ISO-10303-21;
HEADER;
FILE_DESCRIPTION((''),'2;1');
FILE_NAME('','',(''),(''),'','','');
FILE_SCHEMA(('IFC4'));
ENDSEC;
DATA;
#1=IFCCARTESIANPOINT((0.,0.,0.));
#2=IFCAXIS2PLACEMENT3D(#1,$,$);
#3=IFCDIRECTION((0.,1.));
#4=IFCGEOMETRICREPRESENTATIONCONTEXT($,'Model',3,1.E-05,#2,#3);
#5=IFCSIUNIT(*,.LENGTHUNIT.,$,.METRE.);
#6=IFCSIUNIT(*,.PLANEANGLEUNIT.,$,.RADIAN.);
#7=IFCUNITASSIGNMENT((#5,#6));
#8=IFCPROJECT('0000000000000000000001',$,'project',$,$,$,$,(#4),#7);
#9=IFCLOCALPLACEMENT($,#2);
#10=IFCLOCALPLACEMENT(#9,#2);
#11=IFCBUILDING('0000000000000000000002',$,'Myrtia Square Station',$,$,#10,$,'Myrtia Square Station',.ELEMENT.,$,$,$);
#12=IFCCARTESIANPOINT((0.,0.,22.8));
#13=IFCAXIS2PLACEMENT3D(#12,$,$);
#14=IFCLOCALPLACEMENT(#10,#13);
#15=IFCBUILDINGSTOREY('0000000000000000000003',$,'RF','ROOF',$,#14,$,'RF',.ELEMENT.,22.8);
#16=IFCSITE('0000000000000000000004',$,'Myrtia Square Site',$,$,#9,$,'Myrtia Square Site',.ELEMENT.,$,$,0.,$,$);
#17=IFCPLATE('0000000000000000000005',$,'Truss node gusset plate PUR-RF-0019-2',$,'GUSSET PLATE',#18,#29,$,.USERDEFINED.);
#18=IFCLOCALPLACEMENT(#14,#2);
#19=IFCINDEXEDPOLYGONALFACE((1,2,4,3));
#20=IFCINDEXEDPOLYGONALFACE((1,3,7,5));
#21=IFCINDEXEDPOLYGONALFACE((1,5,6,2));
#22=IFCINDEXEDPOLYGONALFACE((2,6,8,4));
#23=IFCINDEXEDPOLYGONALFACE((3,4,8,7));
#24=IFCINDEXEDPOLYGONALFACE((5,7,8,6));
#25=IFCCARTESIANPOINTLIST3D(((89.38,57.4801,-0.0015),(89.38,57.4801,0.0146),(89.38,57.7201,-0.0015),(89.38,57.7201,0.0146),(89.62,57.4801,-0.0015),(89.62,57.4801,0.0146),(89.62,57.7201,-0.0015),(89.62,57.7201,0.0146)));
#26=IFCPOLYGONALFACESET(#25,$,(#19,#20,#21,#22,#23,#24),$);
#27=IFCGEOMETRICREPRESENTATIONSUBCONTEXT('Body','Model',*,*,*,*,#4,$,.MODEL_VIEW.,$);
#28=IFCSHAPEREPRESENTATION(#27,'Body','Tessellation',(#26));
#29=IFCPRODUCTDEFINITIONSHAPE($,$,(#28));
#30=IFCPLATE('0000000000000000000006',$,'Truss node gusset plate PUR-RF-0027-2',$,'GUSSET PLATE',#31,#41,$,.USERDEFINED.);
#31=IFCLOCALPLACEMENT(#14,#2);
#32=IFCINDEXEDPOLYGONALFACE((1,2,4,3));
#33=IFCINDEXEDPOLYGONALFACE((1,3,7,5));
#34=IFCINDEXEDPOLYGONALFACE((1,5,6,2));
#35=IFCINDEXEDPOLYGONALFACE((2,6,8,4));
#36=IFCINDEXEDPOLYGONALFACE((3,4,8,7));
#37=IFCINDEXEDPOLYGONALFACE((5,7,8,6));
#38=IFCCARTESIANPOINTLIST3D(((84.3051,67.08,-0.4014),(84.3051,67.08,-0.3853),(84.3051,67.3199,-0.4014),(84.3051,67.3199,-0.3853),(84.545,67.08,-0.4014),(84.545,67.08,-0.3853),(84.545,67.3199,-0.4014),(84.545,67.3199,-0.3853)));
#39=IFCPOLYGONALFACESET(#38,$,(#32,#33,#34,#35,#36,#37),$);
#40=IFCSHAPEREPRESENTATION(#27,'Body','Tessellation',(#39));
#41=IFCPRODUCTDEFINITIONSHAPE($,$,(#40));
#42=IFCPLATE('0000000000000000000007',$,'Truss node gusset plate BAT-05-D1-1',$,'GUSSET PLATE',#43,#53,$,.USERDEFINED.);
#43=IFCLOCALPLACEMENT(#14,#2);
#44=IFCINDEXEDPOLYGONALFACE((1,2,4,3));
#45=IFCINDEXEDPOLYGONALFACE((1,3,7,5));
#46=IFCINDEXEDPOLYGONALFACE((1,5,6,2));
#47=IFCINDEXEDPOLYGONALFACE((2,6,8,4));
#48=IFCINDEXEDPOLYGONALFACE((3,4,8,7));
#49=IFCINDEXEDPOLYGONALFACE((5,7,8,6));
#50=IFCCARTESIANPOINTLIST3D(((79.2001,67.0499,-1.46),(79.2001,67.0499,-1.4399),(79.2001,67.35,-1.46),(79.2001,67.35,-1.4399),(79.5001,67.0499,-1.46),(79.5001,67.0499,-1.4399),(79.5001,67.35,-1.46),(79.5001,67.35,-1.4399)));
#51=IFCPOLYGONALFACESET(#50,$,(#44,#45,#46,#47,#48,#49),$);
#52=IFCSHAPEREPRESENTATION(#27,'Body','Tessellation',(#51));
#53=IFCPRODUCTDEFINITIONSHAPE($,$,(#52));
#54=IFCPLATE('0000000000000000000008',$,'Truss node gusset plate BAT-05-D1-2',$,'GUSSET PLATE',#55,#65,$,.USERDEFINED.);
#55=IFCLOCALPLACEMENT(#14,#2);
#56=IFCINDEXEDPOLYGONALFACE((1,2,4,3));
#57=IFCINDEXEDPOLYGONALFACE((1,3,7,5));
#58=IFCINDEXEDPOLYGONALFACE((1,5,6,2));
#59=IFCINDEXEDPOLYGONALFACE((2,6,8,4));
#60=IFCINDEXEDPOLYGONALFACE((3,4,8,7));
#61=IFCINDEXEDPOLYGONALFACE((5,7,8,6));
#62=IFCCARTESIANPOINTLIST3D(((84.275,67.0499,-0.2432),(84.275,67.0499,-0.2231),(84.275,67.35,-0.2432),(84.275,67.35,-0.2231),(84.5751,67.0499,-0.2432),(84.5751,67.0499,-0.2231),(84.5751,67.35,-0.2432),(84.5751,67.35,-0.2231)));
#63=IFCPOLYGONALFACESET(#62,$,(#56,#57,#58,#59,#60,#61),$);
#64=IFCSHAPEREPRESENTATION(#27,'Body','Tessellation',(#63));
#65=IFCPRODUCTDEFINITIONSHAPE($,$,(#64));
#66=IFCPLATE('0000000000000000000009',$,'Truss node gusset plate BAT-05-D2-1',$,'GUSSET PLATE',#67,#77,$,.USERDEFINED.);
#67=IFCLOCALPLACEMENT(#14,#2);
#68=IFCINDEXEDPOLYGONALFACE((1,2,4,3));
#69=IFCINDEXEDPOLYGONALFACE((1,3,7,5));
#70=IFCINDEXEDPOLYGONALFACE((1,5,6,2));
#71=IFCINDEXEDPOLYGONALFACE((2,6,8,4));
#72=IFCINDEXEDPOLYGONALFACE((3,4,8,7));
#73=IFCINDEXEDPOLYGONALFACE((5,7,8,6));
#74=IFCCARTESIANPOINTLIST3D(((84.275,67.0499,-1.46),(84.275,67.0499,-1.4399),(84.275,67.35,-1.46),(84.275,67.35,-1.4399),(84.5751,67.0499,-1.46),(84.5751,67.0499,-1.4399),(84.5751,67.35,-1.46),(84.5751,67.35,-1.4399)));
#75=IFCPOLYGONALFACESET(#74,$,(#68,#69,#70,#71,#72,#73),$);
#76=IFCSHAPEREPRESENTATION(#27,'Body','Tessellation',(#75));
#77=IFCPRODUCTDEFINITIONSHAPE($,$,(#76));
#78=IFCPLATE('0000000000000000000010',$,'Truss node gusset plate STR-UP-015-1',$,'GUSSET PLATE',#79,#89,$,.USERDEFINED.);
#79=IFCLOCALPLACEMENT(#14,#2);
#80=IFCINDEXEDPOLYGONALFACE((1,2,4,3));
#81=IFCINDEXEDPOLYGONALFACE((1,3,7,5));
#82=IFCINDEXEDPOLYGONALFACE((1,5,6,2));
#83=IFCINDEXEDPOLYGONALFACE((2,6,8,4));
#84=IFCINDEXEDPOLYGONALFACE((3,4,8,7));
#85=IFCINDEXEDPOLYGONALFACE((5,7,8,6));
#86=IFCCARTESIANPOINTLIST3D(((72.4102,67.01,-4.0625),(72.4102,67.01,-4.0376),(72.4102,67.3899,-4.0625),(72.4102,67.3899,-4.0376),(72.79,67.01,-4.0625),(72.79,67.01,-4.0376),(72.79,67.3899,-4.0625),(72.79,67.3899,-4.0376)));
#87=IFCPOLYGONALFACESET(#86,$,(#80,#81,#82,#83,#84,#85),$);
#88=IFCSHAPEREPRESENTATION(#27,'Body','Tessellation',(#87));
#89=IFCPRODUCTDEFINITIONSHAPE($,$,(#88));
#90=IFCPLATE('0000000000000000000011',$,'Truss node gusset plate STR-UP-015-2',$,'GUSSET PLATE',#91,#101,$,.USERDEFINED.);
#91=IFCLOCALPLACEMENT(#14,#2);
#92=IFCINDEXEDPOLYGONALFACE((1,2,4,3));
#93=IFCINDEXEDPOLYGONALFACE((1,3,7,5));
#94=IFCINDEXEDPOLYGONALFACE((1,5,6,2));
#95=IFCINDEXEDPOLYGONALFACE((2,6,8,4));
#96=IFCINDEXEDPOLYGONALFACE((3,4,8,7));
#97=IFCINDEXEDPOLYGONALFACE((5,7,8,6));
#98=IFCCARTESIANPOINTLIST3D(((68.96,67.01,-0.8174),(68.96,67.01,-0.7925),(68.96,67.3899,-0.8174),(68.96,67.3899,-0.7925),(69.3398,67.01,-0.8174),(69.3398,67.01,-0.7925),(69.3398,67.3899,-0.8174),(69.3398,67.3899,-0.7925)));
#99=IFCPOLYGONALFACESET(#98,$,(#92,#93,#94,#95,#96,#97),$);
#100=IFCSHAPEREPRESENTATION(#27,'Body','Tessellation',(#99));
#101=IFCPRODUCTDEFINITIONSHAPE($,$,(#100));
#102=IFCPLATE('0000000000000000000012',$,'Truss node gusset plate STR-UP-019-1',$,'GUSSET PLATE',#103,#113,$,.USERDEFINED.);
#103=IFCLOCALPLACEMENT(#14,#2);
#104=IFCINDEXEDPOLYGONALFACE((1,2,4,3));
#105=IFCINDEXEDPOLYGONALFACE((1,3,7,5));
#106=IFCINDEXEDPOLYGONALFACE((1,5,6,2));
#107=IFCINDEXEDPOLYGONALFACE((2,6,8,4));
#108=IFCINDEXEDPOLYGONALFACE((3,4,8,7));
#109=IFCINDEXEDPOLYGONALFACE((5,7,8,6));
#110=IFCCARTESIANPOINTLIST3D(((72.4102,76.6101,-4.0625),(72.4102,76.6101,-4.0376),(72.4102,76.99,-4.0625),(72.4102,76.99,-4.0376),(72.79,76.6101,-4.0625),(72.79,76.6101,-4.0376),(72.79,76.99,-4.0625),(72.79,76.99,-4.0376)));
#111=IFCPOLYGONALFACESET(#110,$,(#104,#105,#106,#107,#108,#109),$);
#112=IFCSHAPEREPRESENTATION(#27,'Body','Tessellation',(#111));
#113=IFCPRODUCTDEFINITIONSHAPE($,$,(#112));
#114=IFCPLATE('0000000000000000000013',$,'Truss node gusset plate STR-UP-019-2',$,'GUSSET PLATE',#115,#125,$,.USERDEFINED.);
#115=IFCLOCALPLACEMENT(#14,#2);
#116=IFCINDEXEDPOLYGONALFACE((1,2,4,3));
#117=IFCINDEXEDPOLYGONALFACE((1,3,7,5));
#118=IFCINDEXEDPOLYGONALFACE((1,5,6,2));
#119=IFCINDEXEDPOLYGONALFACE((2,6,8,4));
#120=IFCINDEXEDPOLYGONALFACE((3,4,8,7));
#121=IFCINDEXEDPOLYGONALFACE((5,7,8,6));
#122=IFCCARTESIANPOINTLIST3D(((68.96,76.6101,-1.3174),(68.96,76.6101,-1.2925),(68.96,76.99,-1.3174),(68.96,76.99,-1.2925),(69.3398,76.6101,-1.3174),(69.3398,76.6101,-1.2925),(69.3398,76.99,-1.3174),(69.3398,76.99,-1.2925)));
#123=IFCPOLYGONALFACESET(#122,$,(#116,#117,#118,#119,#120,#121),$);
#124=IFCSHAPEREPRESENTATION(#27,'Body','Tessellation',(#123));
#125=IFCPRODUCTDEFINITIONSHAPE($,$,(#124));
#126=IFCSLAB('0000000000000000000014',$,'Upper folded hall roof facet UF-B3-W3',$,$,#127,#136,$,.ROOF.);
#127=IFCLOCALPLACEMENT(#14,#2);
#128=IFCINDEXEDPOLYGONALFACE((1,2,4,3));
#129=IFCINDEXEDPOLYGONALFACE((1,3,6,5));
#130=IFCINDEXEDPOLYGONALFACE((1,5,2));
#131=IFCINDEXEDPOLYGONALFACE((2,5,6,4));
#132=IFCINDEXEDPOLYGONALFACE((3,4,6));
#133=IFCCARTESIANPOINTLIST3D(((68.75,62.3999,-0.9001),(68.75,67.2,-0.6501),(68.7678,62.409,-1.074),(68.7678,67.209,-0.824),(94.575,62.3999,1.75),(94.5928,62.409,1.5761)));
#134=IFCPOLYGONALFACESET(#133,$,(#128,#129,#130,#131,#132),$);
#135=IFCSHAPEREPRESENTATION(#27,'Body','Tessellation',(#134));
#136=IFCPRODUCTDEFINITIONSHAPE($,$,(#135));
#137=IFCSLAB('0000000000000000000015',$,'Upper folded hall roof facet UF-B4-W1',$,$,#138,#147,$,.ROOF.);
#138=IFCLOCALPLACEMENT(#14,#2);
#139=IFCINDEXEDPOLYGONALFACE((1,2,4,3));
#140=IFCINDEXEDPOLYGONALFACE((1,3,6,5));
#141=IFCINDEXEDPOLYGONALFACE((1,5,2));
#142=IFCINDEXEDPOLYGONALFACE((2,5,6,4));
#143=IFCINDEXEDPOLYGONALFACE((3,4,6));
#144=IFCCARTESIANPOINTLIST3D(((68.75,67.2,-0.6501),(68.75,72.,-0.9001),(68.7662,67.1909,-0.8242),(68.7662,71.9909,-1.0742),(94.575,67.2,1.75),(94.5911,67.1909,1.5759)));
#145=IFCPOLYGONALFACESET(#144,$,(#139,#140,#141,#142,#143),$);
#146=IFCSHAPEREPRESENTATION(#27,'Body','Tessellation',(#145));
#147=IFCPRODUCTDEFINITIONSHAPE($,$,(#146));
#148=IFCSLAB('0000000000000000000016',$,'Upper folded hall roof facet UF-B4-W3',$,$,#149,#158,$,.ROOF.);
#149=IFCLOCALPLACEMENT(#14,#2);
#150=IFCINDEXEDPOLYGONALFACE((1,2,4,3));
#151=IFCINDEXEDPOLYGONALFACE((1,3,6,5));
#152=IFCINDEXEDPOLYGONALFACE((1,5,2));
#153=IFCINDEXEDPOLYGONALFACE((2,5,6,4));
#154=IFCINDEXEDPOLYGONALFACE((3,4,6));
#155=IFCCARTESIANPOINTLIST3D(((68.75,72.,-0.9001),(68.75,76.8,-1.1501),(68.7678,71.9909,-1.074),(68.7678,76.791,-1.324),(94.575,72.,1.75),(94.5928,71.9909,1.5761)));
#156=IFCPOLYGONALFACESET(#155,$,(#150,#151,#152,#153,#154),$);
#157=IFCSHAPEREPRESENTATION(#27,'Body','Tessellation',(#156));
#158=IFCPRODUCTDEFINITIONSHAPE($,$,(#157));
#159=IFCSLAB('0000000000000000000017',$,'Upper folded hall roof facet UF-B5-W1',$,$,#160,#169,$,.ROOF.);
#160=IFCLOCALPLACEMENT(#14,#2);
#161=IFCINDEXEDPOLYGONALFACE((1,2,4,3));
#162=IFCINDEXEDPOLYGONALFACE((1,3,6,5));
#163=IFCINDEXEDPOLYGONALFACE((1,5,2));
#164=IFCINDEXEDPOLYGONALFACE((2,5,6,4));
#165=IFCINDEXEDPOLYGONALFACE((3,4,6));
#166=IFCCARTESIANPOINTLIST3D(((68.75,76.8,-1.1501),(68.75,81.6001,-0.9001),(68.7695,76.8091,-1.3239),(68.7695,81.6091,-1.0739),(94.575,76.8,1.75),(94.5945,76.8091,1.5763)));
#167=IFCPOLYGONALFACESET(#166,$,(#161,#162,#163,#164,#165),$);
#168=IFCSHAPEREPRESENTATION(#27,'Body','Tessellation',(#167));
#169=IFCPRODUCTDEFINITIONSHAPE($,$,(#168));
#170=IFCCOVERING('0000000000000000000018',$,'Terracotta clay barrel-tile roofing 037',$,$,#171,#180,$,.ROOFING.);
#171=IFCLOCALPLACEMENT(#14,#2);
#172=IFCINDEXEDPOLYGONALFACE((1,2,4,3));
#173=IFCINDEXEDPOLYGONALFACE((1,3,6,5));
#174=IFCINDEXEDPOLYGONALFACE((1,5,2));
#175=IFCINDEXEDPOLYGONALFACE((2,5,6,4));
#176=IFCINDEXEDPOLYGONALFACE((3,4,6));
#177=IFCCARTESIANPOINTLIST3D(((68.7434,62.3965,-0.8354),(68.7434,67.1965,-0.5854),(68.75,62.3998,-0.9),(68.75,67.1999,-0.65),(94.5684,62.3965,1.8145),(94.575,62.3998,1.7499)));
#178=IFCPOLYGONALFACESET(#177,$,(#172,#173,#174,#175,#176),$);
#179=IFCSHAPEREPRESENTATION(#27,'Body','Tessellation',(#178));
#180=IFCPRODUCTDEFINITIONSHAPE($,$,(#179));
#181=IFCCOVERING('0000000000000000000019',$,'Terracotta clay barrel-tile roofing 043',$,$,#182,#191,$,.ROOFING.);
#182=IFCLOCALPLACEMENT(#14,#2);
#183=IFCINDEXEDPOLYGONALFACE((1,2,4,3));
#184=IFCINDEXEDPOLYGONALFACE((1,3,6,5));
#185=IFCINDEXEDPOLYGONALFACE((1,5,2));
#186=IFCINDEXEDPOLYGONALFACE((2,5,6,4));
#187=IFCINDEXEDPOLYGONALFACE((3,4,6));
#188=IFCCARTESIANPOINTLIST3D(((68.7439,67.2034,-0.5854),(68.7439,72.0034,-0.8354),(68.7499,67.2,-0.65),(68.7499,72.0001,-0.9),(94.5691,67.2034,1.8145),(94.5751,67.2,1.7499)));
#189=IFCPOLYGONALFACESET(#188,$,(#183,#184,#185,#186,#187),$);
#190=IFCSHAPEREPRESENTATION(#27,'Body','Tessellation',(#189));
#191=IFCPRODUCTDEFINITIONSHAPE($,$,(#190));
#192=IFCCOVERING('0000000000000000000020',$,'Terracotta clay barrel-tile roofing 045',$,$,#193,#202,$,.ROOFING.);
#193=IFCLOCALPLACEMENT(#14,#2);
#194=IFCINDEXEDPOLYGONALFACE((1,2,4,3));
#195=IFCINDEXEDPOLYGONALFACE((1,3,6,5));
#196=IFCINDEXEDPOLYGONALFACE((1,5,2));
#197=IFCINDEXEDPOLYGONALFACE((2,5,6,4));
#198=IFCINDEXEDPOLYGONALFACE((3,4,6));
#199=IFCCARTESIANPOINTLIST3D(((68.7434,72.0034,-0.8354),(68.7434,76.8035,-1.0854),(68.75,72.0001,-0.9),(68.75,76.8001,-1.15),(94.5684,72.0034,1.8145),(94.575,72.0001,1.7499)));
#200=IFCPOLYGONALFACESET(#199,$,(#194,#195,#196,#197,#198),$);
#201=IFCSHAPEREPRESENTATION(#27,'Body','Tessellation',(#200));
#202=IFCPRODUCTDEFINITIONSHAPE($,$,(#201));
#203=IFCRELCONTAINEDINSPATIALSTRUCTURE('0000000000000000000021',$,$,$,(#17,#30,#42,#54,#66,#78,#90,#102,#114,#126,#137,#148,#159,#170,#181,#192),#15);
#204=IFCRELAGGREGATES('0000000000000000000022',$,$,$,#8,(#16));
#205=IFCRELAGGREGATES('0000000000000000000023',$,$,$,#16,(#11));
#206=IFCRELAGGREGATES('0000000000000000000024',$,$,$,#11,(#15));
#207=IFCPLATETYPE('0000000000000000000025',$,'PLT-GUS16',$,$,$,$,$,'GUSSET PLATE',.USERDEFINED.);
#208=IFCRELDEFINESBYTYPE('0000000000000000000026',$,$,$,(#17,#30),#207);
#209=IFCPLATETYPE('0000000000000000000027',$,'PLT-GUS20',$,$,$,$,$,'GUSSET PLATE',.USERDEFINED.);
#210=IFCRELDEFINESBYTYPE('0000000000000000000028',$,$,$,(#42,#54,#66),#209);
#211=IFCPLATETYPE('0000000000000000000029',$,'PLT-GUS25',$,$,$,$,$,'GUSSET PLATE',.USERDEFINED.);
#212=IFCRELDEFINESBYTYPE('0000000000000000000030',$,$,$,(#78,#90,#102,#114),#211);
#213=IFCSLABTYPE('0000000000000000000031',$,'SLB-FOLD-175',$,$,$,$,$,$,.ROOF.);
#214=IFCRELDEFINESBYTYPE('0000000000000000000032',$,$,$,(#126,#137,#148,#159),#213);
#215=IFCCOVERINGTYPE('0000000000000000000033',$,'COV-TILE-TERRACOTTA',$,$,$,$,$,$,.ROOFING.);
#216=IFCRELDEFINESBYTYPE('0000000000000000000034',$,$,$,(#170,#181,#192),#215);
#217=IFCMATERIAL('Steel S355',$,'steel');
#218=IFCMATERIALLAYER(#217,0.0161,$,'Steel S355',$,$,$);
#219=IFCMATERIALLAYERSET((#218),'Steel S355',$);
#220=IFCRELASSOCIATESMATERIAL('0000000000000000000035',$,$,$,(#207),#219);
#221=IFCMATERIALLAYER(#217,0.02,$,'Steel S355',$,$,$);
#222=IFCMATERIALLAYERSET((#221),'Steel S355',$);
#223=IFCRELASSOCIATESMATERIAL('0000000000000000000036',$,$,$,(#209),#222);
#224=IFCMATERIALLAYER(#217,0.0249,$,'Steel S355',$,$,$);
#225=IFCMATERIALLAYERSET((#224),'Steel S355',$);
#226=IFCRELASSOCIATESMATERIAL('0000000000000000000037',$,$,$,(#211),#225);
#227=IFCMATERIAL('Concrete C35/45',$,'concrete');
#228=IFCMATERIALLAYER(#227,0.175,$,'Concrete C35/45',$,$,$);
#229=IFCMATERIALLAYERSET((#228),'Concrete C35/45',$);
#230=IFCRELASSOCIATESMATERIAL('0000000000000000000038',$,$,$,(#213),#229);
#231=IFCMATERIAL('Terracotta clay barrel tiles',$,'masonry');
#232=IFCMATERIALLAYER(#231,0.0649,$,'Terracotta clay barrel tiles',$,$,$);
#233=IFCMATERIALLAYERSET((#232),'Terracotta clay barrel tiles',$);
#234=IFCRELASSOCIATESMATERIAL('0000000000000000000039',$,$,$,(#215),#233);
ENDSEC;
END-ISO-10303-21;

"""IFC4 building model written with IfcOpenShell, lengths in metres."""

from ifc_helpers import new_model, si_unit, direction, frame, origin, origin_2d, place, context, subcontext, project, spatial, polyline, rectangle, outline, extrude, material, layer, layer_set, type_object, element, save


model = new_model("IFC4")

# Units and contexts
model_context = context("Model", 3, precision=1e-05, world=origin(), true_north=direction((0.0, 1.0)))
body_context = subcontext(model_context, "Body", "Model", "MODEL_VIEW")
ifc_project = project(units=[si_unit("LENGTHUNIT", "METRE"), si_unit("PLANEANGLEUNIT", "RADIAN")], contexts=[model_context])

# Site, building, storey
site_placement = place(None, origin())
site = spatial("IfcSite", under=ifc_project, at=site_placement, Name="Myrtia Square Site", LongName="Myrtia Square Site", CompositionType="ELEMENT", RefElevation=0.0)
building_placement = place(site_placement, origin())
building = spatial("IfcBuilding", under=site, at=building_placement, Name="Myrtia Square Station", LongName="Myrtia Square Station", CompositionType="ELEMENT")
storey_placement = place(building_placement, frame((0.0, 0.0, 22.8)))
storey = spatial("IfcBuildingStorey", under=building, at=storey_placement, Name="RF", Description="ROOF", LongName="RF", CompositionType="ELEMENT", Elevation=22.8)

# Shared definitions
ifc_material_1 = material(Name="Steel S355", Category="steel")

# Plates
ifc_layer_1 = layer(ifc_material_1, 0.0161, Name="Steel S355")
ifc_layer_set_1 = layer_set([ifc_layer_1], Name="Steel S355")
plate_type_1 = type_object("IfcPlateType", Name="PLT-GUS16", ElementType="GUSSET PLATE", PredefinedType="USERDEFINED", material=ifc_layer_set_1)
for number, where, z_axis, x_axis, name in (
    (1, (89.5, 57.6001, -0.0015), (0.0, 0.0, 1.0), (0.0, 1.0, 0.0), "Truss node gusset plate PUR-RF-0019-2"),
    (2, (84.425, 67.2, -0.4014), (0.0, 0.0, 1.0), (0.0, 1.0, 0.0), "Truss node gusset plate PUR-RF-0027-2"),
):
    element("IfcPlate", number, at=place(storey_placement, frame(where, z_axis=z_axis, x_axis=x_axis)), inside=storey, type_object=plate_type_1, Name=name, ObjectType="GUSSET PLATE", PredefinedType="USERDEFINED", context=body_context, shape_type="SweptSolid", body=[
        extrude(rectangle(XDim=0.24, YDim=0.24, at=origin_2d()), origin(), (0.0, 0.0, 1.0), 0.0161),
    ])
ifc_layer_2 = layer(ifc_material_1, 0.02, Name="Steel S355")
ifc_layer_set_2 = layer_set([ifc_layer_2], Name="Steel S355")
plate_type_2 = type_object("IfcPlateType", Name="PLT-GUS20", ElementType="GUSSET PLATE", PredefinedType="USERDEFINED", material=ifc_layer_set_2)
for number, where, z_axis, x_axis, name in (
    (3, (79.3501, 67.2, -1.46), (0.0, 0.0, 1.0), (1.0, 0.0, 0.0), "Truss node gusset plate BAT-05-D1-1"),
    (4, (84.425, 67.2, -0.2432), (0.0, 0.0, 1.0), (1.0, 0.0, 0.0), "Truss node gusset plate BAT-05-D1-2"),
    (5, (84.425, 67.2, -1.46), (0.0, 0.0, 1.0), (1.0, 0.0, 0.0), "Truss node gusset plate BAT-05-D2-1"),
):
    element("IfcPlate", number, at=place(storey_placement, frame(where, z_axis=z_axis, x_axis=x_axis)), inside=storey, type_object=plate_type_2, Name=name, ObjectType="GUSSET PLATE", PredefinedType="USERDEFINED", context=body_context, shape_type="SweptSolid", body=[
        extrude(rectangle(XDim=0.3, YDim=0.3, at=origin_2d()), origin(), (0.0, 0.0, 1.0), 0.02),
    ])
ifc_layer_3 = layer(ifc_material_1, 0.0249, Name="Steel S355")
ifc_layer_set_3 = layer_set([ifc_layer_3], Name="Steel S355")
plate_type_3 = type_object("IfcPlateType", Name="PLT-GUS25", ElementType="GUSSET PLATE", PredefinedType="USERDEFINED", material=ifc_layer_set_3)
for number, where, z_axis, x_axis, name in (
    (6, (72.6001, 67.2, -4.0625), (0.0, 0.0, 1.0), (-1.0, 0.0, 0.0), "Truss node gusset plate STR-UP-015-1"),
    (7, (69.1499, 67.2, -0.8174), (0.0, 0.0, 1.0), (-1.0, 0.0, 0.0), "Truss node gusset plate STR-UP-015-2"),
    (8, (72.6001, 76.8, -4.0625), (0.0, 0.0, 1.0), (-1.0, 0.0, 0.0), "Truss node gusset plate STR-UP-019-1"),
    (9, (69.1499, 76.8, -1.3174), (0.0, 0.0, 1.0), (-1.0, 0.0, 0.0), "Truss node gusset plate STR-UP-019-2"),
):
    element("IfcPlate", number, at=place(storey_placement, frame(where, z_axis=z_axis, x_axis=x_axis)), inside=storey, type_object=plate_type_3, Name=name, ObjectType="GUSSET PLATE", PredefinedType="USERDEFINED", context=body_context, shape_type="SweptSolid", body=[
        extrude(rectangle(XDim=0.3799, YDim=0.3799, at=origin_2d()), origin(), (0.0, 0.0, 1.0), 0.0249),
    ])

# Slabs
ifc_material_2 = material(Name="Concrete C35/45", Category="concrete")
ifc_layer_4 = layer(ifc_material_2, 0.175, Name="Concrete C35/45")
ifc_layer_set_4 = layer_set([ifc_layer_4], Name="Concrete C35/45")
slab_type = type_object("IfcSlabType", Name="SLB-FOLD-175", PredefinedType="ROOF", material=ifc_layer_set_4)
slab_1_placement = place(storey_placement, frame((68.75, 62.3999, -0.9001), z_axis=(-0.101947, -0.051741, 0.993443), x_axis=(0.994776, 0.0, 0.102084)))
element("IfcSlab", 10, at=slab_1_placement, inside=storey, type_object=slab_type, Name="Upper folded hall roof facet UF-B3-W3", PredefinedType="ROOF", context=body_context, shape_type="SweptSolid", body=[
    extrude(outline(polyline([(0.0, 0.0), (25.9606, 0.0), (0.0255, 4.8065), (0.0, 0.0)])), origin(), (0.0, 0.0, -1.0), 0.175),
])
slab_2_placement = place(storey_placement, frame((68.75, 67.2, -0.6501), z_axis=(-0.092416, 0.05179, 0.994373), x_axis=(0.995709, 0.0, 0.09254)))
element("IfcSlab", 11, at=slab_2_placement, inside=storey, type_object=slab_type, Name="Upper folded hall roof facet UF-B4-W1", PredefinedType="ROOF", context=body_context, shape_type="SweptSolid", body=[
    extrude(outline(polyline([(0.0, 0.0), (25.9362, 0.0), (-0.0231, 4.8065), (0.0, 0.0)])), origin(), (0.0, 0.0, -1.0), 0.175),
])
slab_3_placement = place(storey_placement, frame((68.75, 72.0, -0.9001), z_axis=(-0.101947, 0.051741, 0.993443), x_axis=(0.994776, 0.0, 0.102084)))
element("IfcSlab", 12, at=slab_3_placement, inside=storey, type_object=slab_type, Name="Upper folded hall roof facet UF-B4-W3", PredefinedType="ROOF", context=body_context, shape_type="SweptSolid", body=[
    extrude(outline(polyline([(0.0, 0.0), (25.9606, 0.0), (-0.0255, 4.8065), (0.0, 0.0)])), origin(), (0.0, 0.0, -1.0), 0.175),
])
slab_4_placement = place(storey_placement, frame((68.75, 76.8, -1.1501), z_axis=(-0.111449, -0.051688, 0.992425), x_axis=(0.993753, 0.0, 0.111599)))
element("IfcSlab", 13, at=slab_4_placement, inside=storey, type_object=slab_type, Name="Upper folded hall roof facet UF-B5-W1", PredefinedType="ROOF", context=body_context, shape_type="SweptSolid", body=[
    extrude(outline(polyline([(0.0, 0.0), (25.9873, 0.0), (0.0279, 4.8065), (0.0, 0.0)])), origin(), (0.0, 0.0, -1.0), 0.175),
])

# Coverings
ifc_material_3 = material(Name="Terracotta clay barrel tiles", Category="masonry")
ifc_layer_5 = layer(ifc_material_3, 0.0649, Name="Terracotta clay barrel tiles")
ifc_layer_set_5 = layer_set([ifc_layer_5], Name="Terracotta clay barrel tiles")
covering_type = type_object("IfcCoveringType", Name="COV-TILE-TERRACOTTA", PredefinedType="ROOFING", material=ifc_layer_set_5)
covering_1_placement = place(storey_placement, frame((68.7434, 62.3965, -0.8354), z_axis=(-0.101937, -0.051741, 0.993444), x_axis=(0.994777, 0.0, 0.102074)))
element("IfcCovering", 14, at=covering_1_placement, inside=storey, type_object=covering_type, Name="Terracotta clay barrel-tile roofing 037", PredefinedType="ROOFING", context=body_context, shape_type="SweptSolid", body=[
    extrude(outline(polyline([(0.0, 0.0), (25.9605, 0.0), (0.0255, 4.8065), (0.0, 0.0)])), origin(), (0.0, 0.0, -1.0), 0.0649),
])
covering_2_placement = place(storey_placement, frame((68.7439, 67.2034, -0.5854), z_axis=(-0.092406, 0.05179, 0.994374), x_axis=(0.99571, 0.0, 0.09253)))
element("IfcCovering", 15, at=covering_2_placement, inside=storey, type_object=covering_type, Name="Terracotta clay barrel-tile roofing 043", PredefinedType="ROOFING", context=body_context, shape_type="SweptSolid", body=[
    extrude(outline(polyline([(0.0, 0.0), (25.9365, 0.0), (-0.0231, 4.8065), (0.0, 0.0)])), origin(), (0.0, 0.0, -1.0), 0.0649),
])
covering_3_placement = place(storey_placement, frame((68.7434, 72.0034, -0.8354), z_axis=(-0.101937, 0.051741, 0.993444), x_axis=(0.994777, 0.0, 0.102074)))
element("IfcCovering", 16, at=covering_3_placement, inside=storey, type_object=covering_type, Name="Terracotta clay barrel-tile roofing 045", PredefinedType="ROOFING", context=body_context, shape_type="SweptSolid", body=[
    extrude(outline(polyline([(0.0, 0.0), (25.9605, 0.0), (-0.0255, 4.8065), (0.0, 0.0)])), origin(), (0.0, 0.0, -1.0), 0.0649),
])

save(model, "model.ifc")
